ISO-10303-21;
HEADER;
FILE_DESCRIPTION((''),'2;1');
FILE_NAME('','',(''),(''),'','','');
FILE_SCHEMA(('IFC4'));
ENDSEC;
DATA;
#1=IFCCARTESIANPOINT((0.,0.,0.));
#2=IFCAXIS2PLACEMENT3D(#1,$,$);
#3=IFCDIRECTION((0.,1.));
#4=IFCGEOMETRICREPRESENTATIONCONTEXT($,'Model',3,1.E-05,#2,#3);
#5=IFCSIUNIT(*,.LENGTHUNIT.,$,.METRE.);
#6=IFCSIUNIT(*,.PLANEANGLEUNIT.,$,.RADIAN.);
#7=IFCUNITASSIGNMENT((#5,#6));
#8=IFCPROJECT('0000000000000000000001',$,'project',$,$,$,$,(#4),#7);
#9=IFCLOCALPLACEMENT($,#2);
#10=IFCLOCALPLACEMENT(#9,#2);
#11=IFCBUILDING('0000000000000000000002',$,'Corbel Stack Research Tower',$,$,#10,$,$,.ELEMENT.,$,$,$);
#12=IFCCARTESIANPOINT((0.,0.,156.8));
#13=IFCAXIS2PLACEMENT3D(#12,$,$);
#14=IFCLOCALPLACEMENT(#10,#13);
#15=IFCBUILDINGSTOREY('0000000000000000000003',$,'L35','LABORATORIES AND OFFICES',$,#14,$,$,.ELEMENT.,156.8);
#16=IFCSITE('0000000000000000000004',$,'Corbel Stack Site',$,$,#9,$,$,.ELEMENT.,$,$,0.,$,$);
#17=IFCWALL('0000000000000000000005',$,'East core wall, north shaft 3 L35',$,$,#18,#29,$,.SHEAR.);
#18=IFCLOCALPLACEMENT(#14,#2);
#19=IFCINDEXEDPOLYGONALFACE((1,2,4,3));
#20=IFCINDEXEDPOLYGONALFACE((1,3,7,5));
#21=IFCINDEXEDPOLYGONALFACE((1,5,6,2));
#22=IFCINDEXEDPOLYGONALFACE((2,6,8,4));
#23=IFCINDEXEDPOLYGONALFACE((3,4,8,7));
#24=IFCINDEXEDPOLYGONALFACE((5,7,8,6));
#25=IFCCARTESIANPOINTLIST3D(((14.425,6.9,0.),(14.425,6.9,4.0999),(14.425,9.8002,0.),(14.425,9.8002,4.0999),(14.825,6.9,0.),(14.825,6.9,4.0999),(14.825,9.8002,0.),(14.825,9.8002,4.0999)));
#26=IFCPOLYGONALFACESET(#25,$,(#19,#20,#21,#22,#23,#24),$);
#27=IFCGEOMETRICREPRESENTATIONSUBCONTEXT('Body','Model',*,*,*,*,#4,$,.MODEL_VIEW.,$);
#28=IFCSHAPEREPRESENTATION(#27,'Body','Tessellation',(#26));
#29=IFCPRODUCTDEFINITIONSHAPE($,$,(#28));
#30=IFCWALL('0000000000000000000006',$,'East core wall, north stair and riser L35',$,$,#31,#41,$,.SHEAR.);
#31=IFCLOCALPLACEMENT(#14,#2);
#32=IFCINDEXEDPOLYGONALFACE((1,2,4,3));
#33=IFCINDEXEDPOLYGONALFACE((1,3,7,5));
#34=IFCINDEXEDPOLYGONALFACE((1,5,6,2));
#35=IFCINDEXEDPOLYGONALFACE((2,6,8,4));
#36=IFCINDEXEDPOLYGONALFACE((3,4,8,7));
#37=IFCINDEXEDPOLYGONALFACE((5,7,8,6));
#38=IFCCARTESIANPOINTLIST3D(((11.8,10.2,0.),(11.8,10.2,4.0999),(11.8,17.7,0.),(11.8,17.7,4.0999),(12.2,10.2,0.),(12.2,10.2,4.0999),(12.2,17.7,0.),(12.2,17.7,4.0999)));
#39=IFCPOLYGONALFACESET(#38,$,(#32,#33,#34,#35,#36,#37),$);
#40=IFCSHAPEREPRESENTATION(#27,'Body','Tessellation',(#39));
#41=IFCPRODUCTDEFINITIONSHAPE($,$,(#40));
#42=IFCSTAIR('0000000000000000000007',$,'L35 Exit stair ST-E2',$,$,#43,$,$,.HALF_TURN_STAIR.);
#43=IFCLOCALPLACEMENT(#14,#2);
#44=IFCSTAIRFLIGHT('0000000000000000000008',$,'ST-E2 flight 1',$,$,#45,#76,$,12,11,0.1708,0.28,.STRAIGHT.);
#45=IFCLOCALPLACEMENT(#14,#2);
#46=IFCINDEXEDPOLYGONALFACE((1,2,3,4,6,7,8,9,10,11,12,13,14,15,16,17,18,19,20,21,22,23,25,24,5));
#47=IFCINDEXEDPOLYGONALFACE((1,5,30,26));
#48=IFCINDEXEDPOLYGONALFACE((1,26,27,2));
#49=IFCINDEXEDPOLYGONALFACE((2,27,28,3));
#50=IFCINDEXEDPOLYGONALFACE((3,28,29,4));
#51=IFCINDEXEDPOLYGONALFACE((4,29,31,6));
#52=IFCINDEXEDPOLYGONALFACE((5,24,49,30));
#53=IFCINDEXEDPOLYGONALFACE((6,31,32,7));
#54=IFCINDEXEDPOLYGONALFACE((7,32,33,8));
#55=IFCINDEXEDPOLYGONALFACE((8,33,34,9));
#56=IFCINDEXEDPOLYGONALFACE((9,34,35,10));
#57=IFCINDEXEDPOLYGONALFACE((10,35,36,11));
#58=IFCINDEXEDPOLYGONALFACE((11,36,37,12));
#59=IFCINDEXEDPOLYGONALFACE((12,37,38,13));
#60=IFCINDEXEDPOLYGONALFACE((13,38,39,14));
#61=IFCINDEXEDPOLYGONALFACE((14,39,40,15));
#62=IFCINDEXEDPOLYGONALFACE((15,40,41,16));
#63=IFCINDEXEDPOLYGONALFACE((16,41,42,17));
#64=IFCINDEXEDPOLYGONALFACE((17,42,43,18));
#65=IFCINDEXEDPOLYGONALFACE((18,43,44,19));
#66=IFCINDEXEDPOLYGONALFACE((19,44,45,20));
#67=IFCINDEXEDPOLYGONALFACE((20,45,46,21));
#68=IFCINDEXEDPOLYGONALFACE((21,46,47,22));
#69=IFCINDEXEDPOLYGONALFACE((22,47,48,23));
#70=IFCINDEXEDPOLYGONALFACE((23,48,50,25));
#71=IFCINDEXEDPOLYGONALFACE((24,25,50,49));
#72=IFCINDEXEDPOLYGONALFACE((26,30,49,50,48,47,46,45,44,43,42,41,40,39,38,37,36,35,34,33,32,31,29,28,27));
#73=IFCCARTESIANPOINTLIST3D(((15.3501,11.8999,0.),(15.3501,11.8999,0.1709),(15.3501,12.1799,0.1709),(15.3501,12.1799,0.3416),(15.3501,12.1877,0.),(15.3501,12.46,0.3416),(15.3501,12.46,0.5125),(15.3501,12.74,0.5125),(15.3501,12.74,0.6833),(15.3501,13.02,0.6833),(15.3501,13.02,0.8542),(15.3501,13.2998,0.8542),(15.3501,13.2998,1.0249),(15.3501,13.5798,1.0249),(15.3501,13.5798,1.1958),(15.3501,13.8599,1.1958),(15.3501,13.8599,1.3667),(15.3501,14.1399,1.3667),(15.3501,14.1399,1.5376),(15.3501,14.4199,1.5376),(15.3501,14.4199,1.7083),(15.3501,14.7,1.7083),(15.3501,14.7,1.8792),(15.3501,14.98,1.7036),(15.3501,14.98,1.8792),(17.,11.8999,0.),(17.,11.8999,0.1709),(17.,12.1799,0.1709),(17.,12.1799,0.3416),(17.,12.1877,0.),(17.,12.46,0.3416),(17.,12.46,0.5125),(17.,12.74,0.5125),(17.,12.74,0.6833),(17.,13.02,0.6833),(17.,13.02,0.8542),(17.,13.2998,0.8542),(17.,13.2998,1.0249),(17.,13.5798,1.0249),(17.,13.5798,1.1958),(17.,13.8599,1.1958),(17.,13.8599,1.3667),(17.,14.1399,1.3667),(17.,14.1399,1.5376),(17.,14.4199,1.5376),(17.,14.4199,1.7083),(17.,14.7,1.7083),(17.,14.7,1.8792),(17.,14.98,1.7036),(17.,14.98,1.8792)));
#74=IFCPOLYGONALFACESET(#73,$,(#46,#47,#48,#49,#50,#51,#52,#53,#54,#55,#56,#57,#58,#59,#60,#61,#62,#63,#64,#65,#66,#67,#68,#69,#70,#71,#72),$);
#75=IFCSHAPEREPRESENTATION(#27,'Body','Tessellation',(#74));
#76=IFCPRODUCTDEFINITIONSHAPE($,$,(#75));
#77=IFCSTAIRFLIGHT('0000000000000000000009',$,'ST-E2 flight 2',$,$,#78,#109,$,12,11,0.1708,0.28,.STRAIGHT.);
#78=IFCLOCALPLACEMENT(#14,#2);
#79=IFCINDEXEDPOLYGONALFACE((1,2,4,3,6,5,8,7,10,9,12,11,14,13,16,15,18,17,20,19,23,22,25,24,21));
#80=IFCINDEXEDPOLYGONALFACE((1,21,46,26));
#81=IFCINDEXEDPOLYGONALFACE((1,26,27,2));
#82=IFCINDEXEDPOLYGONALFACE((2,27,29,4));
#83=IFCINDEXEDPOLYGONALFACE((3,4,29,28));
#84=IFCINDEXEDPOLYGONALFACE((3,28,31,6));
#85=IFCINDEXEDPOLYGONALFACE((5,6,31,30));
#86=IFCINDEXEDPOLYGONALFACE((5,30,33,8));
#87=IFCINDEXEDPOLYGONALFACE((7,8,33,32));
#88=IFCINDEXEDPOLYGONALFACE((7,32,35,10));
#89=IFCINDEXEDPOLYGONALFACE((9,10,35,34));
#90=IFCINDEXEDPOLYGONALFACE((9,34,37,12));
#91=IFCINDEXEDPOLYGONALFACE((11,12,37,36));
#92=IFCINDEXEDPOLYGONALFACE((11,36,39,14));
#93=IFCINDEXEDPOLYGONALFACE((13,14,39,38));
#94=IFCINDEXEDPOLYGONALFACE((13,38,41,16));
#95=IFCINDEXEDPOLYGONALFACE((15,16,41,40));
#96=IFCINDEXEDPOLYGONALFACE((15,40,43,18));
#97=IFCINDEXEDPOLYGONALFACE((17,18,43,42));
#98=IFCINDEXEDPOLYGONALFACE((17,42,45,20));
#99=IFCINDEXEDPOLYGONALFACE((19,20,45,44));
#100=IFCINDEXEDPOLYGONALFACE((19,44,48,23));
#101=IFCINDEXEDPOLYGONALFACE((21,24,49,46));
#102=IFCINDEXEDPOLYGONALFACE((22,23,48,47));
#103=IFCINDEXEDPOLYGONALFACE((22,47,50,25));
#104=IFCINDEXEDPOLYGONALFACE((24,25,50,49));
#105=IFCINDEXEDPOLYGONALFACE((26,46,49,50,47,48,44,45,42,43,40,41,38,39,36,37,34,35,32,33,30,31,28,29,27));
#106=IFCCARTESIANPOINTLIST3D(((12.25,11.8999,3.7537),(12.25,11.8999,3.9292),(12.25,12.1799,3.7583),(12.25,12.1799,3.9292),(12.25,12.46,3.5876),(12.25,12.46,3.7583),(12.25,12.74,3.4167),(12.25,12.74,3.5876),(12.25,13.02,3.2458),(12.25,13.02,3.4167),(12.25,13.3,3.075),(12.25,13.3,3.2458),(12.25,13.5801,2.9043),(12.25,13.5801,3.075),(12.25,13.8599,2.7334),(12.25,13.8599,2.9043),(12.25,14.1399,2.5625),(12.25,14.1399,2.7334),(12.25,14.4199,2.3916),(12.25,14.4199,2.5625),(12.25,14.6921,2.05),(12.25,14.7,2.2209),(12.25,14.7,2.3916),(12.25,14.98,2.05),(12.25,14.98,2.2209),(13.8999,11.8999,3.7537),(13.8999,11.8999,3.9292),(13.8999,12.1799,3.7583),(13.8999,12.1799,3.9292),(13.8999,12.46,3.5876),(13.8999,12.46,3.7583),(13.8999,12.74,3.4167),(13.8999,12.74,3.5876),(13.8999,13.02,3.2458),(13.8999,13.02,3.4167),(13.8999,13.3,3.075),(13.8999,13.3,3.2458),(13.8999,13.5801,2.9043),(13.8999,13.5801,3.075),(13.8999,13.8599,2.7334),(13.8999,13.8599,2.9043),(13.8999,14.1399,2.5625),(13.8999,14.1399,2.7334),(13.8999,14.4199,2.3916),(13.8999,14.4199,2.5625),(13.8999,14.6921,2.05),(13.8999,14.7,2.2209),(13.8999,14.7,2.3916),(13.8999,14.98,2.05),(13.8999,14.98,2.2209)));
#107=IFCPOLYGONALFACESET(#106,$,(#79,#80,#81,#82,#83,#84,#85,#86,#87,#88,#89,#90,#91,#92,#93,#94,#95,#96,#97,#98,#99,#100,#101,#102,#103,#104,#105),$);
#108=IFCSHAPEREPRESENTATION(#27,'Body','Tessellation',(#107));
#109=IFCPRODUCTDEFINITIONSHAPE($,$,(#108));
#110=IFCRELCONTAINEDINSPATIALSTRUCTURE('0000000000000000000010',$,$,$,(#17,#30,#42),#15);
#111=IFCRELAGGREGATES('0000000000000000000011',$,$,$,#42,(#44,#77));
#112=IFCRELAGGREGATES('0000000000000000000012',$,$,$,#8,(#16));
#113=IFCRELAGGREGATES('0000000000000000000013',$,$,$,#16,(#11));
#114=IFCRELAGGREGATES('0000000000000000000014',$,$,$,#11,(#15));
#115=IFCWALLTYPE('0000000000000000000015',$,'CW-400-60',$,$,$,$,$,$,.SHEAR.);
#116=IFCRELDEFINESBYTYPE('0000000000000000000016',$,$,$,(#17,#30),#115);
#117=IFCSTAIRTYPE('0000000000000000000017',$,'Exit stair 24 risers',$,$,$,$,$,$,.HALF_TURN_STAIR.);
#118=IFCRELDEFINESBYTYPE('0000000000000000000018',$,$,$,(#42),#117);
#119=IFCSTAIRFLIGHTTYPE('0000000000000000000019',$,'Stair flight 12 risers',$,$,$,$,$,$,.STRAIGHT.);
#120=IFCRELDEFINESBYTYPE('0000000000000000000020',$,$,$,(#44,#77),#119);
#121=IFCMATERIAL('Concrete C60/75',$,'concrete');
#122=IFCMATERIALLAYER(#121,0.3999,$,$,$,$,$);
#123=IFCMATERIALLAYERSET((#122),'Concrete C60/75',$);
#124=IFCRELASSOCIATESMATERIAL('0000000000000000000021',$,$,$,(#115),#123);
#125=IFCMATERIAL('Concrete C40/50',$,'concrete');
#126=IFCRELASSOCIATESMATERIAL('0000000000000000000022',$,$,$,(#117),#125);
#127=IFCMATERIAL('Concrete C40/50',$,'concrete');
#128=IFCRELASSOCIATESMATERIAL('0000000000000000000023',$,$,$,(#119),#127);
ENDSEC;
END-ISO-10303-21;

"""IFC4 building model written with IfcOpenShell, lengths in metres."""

from ifc_helpers import new_model, si_unit, direction, frame, frame_2d, origin, place, context, subcontext, project, spatial, polyline, rectangle, outline, extrude, material, layer, layer_set, type_object, element, aggregate, save


model = new_model("IFC4")

# Units and contexts
model_context = context("Model", 3, precision=1e-05, world=origin(), true_north=direction((0.0, 1.0)))
body_context = subcontext(model_context, "Body", "Model", "MODEL_VIEW")
ifc_project = project(units=[si_unit("LENGTHUNIT", "METRE"), si_unit("PLANEANGLEUNIT", "RADIAN")], contexts=[model_context])

# Site, building, storey
site_placement = place(None, origin())
site = spatial("IfcSite", under=ifc_project, at=site_placement, Name="Corbel Stack Site", CompositionType="ELEMENT", RefElevation=0.0)
building_placement = place(site_placement, origin())
building = spatial("IfcBuilding", under=site, at=building_placement, Name="Corbel Stack Research Tower", CompositionType="ELEMENT")
storey_placement = place(building_placement, frame((0.0, 0.0, 156.8)))
storey = spatial("IfcBuildingStorey", under=building, at=storey_placement, Name="L35", Description="LABORATORIES AND OFFICES", CompositionType="ELEMENT", Elevation=156.8)

# Walls
ifc_material_1 = material(Name="Concrete C60/75", Category="concrete")
ifc_layer = layer(ifc_material_1, 0.3999)
ifc_layer_set = layer_set([ifc_layer], Name="Concrete C60/75")
wall_type = type_object("IfcWallType", Name="CW-400-60", PredefinedType="SHEAR", material=ifc_layer_set)
wall_1_placement = place(storey_placement, frame((14.625, 6.8999, 0.0), z_axis=(0.0, 0.0, 1.0), x_axis=(0.0, 1.0, 0.0)))
element("IfcWall", 1, at=wall_1_placement, inside=storey, type_object=wall_type, Name="East core wall, north shaft 3 L35", PredefinedType="SHEAR", context=body_context, shape_type="SweptSolid", body=[
    extrude(rectangle(XDim=2.9001, YDim=0.3999, at=frame_2d((1.4502, 0.0))), origin(), (0.0, 0.0, 1.0), 4.0999),
])
wall_2_placement = place(storey_placement, frame((12.0, 10.2, 0.0), z_axis=(0.0, 0.0, 1.0), x_axis=(0.0, 1.0, 0.0)))
element("IfcWall", 2, at=wall_2_placement, inside=storey, type_object=wall_type, Name="East core wall, north stair and riser L35", PredefinedType="SHEAR", context=body_context, shape_type="SweptSolid", body=[
    extrude(rectangle(XDim=7.5, YDim=0.3999, at=frame_2d((3.75, 0.0))), origin(), (0.0, 0.0, 1.0), 4.0999),
])

# Stair, stair flights
ifc_material_2 = material(Name="Concrete C40/50", Category="concrete")
stair_type = type_object("IfcStairType", Name="Exit stair 24 risers", PredefinedType="HALF_TURN_STAIR", material=ifc_material_2)
stair_placement = place(storey_placement, origin())
stair = element("IfcStair", 3, at=stair_placement, inside=storey, type_object=stair_type, Name="L35 Exit stair ST-E2", PredefinedType="HALF_TURN_STAIR")
ifc_material_3 = material(Name="Concrete C40/50", Category="concrete")
stair_flight_type = type_object("IfcStairFlightType", Name="Stair flight 12 risers", PredefinedType="STRAIGHT", material=ifc_material_3)
stair_flight_1_placement = place(storey_placement, frame((16.175, 11.8999, 0.0), z_axis=(0.0, 0.0, 1.0), x_axis=(0.0, 1.0, 0.0)))
stair_flight_1 = element("IfcStairFlight", 4, at=stair_flight_1_placement, type_object=stair_flight_type, Name="ST-E2 flight 1", NumberOfRisers=12, NumberOfTreads=11, PredefinedType="STRAIGHT", RiserHeight=0.1708, TreadLength=0.28, context=body_context, shape_type="SweptSolid", body=[
    extrude(outline(polyline([(0.0, 0.0), (0.0, 0.1709), (0.28, 0.1709), (0.28, 0.3416), (0.5601, 0.3416), (0.5601, 0.5125), (0.8401, 0.5125), (0.8401, 0.6833), (1.1201, 0.6833), (1.1201, 0.8542), (1.3999, 0.8542), (1.3999, 1.0249), (1.6799, 1.0249), (1.6799, 1.1958), (1.96, 1.1958), (1.96, 1.3667), (2.24, 1.3667), (2.24, 1.5376), (2.52, 1.5376), (2.52, 1.7083), (2.8, 1.7083), (2.8, 1.8792), (3.0801, 1.8792), (3.0801, 2.05), (3.0801, 1.7036), (0.2878, 0.0), (0.0, 0.0)])), frame((0.0, 0.825, 0.0), z_axis=(0.0, -1.0, 0.0), x_axis=(1.0, 0.0, 0.0)), (0.0, 0.0, 1.0), 1.6499),
])
stair_flight_2_placement = place(storey_placement, frame((13.075, 14.98, 2.05), z_axis=(0.0, 0.0, 1.0), x_axis=(0.0, -1.0, 0.0)))
stair_flight_2 = element("IfcStairFlight", 5, at=stair_flight_2_placement, type_object=stair_flight_type, Name="ST-E2 flight 2", NumberOfRisers=12, NumberOfTreads=11, PredefinedType="STRAIGHT", RiserHeight=0.1708, TreadLength=0.28, context=body_context, shape_type="SweptSolid", body=[
    extrude(outline(polyline([(0.0, 0.0), (0.0, 0.1709), (0.28, 0.1709), (0.28, 0.3416), (0.5601, 0.3416), (0.5601, 0.5125), (0.8401, 0.5125), (0.8401, 0.6833), (1.1201, 0.6833), (1.1201, 0.8542), (1.3999, 0.8542), (1.3999, 1.0249), (1.6799, 1.0249), (1.6799, 1.1958), (1.96, 1.1958), (1.96, 1.3667), (2.24, 1.3667), (2.24, 1.5376), (2.52, 1.5376), (2.52, 1.7083), (2.8, 1.7083), (2.8, 1.8792), (3.0801, 1.8792), (3.0801, 2.05), (3.0801, 1.7036), (0.2878, 0.0), (0.0, 0.0)])), frame((0.0, 0.825, 0.0), z_axis=(0.0, -1.0, 0.0), x_axis=(1.0, 0.0, 0.0)), (0.0, 0.0, 1.0), 1.6499),
])
aggregate(stair, [stair_flight_1, stair_flight_2])

save(model, "model.ifc")
